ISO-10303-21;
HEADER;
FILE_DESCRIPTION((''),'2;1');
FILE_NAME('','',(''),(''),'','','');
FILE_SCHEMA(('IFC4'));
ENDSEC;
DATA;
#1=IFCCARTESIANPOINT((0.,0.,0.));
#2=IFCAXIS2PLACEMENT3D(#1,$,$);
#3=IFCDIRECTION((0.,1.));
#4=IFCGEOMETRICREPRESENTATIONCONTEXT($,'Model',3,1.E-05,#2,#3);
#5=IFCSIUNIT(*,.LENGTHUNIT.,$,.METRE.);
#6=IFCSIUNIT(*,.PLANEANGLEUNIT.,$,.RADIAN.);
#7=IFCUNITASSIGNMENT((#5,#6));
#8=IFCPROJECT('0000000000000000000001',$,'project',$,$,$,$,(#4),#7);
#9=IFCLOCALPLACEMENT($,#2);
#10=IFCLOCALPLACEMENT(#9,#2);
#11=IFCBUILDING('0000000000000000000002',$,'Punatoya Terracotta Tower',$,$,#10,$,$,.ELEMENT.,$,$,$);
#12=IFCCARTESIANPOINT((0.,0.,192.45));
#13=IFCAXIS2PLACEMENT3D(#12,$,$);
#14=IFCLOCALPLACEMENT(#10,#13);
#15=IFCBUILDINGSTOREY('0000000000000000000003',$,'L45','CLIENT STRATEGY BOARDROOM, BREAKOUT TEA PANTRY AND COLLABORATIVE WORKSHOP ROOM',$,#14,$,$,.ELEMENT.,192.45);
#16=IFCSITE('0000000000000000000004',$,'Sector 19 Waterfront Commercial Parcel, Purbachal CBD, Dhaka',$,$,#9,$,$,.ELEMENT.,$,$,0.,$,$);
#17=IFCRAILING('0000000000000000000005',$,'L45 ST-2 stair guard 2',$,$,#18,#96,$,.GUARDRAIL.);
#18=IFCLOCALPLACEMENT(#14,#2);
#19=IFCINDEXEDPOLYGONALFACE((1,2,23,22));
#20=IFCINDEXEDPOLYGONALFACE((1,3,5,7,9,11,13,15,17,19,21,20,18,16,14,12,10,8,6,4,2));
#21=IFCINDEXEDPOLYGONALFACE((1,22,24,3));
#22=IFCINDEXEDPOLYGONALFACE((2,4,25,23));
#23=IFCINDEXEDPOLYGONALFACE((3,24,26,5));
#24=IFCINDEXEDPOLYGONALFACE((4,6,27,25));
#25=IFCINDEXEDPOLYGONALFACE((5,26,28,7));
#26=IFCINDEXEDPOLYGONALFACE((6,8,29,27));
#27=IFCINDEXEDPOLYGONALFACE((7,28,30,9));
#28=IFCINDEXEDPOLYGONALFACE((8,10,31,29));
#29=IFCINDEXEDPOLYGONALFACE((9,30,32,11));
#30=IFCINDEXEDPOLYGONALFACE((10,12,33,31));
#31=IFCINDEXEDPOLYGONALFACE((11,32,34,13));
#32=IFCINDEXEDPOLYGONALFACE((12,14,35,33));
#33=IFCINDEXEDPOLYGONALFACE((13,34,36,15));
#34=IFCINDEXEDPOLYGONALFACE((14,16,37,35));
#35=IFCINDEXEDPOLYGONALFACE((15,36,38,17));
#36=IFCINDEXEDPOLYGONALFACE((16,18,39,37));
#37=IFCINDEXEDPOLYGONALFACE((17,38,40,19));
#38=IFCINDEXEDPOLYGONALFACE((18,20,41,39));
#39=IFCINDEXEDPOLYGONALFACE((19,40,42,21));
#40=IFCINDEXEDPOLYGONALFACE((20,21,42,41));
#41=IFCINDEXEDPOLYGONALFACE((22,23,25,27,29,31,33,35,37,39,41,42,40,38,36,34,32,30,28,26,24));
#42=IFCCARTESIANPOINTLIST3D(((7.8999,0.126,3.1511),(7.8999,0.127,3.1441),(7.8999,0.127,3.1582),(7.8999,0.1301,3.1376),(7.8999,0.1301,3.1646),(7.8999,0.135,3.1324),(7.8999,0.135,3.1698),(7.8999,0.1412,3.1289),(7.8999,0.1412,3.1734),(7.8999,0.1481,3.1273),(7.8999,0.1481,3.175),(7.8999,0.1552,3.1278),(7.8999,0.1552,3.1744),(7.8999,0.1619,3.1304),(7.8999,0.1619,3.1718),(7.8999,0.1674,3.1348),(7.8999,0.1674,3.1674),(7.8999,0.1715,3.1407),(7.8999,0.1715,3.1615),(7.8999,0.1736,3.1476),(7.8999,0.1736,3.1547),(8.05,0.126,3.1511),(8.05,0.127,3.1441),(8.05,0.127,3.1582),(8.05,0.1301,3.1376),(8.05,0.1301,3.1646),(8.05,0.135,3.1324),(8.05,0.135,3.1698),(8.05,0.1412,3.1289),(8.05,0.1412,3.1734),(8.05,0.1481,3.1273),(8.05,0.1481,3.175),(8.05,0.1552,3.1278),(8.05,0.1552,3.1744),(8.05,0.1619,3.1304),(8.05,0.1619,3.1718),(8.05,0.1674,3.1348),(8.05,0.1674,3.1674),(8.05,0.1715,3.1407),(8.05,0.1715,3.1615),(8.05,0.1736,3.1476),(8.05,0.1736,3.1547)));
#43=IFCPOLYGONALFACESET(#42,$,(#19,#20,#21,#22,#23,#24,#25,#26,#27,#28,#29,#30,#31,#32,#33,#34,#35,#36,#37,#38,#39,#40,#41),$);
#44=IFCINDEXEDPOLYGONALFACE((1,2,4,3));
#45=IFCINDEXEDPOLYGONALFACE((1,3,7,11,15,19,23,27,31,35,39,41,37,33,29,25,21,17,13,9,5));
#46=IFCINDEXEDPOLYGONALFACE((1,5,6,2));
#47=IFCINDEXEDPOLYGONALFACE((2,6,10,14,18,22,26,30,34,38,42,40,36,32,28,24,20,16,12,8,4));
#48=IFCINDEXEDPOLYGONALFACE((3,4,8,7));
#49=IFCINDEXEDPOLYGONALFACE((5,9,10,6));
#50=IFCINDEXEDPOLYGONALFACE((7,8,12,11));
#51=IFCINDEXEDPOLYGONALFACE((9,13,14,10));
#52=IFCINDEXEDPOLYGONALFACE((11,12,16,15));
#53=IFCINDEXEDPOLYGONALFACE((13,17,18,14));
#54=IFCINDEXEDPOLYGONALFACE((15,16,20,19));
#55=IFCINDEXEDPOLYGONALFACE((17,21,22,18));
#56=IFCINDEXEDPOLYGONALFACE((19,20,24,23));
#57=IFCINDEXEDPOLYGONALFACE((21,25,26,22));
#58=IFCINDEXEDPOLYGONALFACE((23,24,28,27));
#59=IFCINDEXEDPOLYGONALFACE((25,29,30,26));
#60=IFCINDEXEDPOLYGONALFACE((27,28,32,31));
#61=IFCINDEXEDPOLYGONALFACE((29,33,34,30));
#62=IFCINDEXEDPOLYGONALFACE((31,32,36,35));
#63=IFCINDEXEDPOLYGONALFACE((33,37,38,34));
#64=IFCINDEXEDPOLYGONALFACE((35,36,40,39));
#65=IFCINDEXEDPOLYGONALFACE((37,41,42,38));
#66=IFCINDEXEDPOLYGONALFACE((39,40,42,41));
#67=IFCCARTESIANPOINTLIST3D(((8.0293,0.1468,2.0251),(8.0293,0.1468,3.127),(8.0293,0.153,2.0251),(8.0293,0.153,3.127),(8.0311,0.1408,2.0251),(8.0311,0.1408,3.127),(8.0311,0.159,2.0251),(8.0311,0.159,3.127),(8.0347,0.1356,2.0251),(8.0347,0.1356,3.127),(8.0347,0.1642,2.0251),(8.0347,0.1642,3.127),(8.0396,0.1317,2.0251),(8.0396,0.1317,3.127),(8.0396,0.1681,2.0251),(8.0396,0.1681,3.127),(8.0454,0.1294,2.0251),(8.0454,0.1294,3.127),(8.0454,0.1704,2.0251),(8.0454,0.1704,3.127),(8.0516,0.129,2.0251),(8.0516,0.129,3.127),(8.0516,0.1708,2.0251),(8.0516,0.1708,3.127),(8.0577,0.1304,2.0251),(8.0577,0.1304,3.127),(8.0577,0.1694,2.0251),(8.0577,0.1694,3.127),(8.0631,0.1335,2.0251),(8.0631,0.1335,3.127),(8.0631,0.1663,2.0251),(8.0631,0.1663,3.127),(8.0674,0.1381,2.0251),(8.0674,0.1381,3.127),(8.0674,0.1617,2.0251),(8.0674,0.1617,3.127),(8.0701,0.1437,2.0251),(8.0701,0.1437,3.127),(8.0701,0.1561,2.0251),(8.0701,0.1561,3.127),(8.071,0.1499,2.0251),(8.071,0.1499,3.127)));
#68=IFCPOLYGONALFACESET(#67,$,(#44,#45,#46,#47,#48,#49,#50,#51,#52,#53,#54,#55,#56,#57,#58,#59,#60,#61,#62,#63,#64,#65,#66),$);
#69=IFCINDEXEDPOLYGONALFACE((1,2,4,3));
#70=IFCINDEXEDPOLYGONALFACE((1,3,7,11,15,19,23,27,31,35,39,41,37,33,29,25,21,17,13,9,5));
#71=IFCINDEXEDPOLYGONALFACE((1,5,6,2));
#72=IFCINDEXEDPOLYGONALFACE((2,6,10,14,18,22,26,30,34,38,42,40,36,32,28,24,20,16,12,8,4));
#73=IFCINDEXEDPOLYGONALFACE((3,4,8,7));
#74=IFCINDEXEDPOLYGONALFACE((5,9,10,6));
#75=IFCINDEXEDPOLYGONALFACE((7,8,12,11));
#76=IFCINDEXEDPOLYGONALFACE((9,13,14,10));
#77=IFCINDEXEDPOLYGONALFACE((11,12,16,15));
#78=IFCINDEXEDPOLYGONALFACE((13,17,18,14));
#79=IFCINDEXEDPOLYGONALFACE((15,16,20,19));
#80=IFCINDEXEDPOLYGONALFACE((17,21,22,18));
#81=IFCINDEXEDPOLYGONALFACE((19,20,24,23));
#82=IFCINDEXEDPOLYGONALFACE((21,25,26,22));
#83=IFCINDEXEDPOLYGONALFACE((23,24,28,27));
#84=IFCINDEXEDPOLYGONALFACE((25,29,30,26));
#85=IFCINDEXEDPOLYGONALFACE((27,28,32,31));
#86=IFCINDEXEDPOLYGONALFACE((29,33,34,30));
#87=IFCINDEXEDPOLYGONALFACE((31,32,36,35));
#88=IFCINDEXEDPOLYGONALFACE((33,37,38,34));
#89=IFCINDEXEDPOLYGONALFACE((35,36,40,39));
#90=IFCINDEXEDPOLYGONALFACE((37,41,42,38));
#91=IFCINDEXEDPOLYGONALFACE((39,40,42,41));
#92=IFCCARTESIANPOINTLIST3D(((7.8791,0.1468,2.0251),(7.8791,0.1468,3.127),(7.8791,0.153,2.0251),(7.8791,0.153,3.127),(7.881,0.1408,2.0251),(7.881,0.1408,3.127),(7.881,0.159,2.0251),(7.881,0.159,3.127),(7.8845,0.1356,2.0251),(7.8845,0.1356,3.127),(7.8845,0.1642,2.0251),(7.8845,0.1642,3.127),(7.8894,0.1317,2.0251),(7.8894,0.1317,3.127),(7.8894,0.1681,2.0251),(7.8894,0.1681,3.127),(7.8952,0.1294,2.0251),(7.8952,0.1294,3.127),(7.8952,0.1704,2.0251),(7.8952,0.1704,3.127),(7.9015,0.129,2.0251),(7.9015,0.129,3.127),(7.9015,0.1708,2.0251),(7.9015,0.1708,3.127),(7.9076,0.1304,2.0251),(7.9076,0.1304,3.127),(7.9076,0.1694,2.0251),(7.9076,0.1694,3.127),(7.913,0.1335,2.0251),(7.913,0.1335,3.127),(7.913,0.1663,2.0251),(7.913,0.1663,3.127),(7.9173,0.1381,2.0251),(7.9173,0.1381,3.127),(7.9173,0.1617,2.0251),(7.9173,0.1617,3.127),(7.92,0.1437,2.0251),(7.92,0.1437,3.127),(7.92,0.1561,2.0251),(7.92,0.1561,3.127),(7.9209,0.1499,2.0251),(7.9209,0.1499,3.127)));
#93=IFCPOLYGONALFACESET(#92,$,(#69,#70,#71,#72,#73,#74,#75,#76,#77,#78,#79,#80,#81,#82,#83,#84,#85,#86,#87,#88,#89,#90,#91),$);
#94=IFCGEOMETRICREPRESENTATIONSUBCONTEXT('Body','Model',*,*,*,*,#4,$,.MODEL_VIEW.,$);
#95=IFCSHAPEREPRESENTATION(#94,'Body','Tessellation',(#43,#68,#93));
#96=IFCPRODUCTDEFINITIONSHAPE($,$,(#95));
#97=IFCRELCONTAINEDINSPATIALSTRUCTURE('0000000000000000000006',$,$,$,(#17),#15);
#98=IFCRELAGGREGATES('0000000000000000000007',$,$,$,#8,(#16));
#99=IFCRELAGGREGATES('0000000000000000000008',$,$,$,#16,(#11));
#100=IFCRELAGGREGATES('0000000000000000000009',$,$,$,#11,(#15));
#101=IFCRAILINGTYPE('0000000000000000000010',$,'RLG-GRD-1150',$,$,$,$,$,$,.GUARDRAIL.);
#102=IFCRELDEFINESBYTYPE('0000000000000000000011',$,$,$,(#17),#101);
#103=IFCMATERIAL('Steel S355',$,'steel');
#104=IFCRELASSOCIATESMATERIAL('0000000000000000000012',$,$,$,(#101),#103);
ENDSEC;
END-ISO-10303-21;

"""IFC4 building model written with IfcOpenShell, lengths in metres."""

from ifc_helpers import new_model, si_unit, direction, frame, origin, origin_2d, place, context, subcontext, project, spatial, circle, extrude, material, type_object, element, save


model = new_model("IFC4")

# Units and contexts
model_context = context("Model", 3, precision=1e-05, world=origin(), true_north=direction((0.0, 1.0)))
body_context = subcontext(model_context, "Body", "Model", "MODEL_VIEW")
ifc_project = project(units=[si_unit("LENGTHUNIT", "METRE"), si_unit("PLANEANGLEUNIT", "RADIAN")], contexts=[model_context])

# Site, building, storey
site_placement = place(None, origin())
site = spatial("IfcSite", under=ifc_project, at=site_placement, Name="Sector 19 Waterfront Commercial Parcel, Purbachal CBD, Dhaka", CompositionType="ELEMENT", RefElevation=0.0)
building_placement = place(site_placement, origin())
building = spatial("IfcBuilding", under=site, at=building_placement, Name="Punatoya Terracotta Tower", CompositionType="ELEMENT")
storey_placement = place(building_placement, frame((0.0, 0.0, 192.45)))
storey = spatial("IfcBuildingStorey", under=building, at=storey_placement, Name="L45", Description="CLIENT STRATEGY BOARDROOM, BREAKOUT TEA PANTRY AND COLLABORATIVE WORKSHOP ROOM", CompositionType="ELEMENT", Elevation=192.45)

# Shared definitions
ifc_material_1 = material(Name="Steel S355", Category="steel")

# Railing
railing_type_1 = type_object("IfcRailingType", Name="RLG-GRD-1150", PredefinedType="GUARDRAIL", material=ifc_material_1)
railing_1_placement = place(storey_placement, frame((8.05, 0.1499, 2.0251)))
element("IfcRailing", 1, at=railing_1_placement, inside=storey, type_object=railing_type_1, Name="L45 ST-2 stair guard 2", PredefinedType="GUARDRAIL", context=body_context, shape_type="SweptSolid", body=[
    extrude(circle(Radius=0.0239, at=origin_2d()), frame((0.0, 0.0, 1.126), z_axis=(-1.0, 0.0, 0.0), x_axis=(0.0, -1.0, 0.0)), (0.0, 0.0, 1.0), 0.1501),
    extrude(circle(Radius=0.021, at=origin_2d()), origin(), (0.0, 0.0, 1.0), 1.1018),
    extrude(circle(Radius=0.021, at=origin_2d()), frame((-0.1501, 0.0, 0.0)), (0.0, 0.0, 1.0), 1.1018),
])

save(model, "model.ifc")
